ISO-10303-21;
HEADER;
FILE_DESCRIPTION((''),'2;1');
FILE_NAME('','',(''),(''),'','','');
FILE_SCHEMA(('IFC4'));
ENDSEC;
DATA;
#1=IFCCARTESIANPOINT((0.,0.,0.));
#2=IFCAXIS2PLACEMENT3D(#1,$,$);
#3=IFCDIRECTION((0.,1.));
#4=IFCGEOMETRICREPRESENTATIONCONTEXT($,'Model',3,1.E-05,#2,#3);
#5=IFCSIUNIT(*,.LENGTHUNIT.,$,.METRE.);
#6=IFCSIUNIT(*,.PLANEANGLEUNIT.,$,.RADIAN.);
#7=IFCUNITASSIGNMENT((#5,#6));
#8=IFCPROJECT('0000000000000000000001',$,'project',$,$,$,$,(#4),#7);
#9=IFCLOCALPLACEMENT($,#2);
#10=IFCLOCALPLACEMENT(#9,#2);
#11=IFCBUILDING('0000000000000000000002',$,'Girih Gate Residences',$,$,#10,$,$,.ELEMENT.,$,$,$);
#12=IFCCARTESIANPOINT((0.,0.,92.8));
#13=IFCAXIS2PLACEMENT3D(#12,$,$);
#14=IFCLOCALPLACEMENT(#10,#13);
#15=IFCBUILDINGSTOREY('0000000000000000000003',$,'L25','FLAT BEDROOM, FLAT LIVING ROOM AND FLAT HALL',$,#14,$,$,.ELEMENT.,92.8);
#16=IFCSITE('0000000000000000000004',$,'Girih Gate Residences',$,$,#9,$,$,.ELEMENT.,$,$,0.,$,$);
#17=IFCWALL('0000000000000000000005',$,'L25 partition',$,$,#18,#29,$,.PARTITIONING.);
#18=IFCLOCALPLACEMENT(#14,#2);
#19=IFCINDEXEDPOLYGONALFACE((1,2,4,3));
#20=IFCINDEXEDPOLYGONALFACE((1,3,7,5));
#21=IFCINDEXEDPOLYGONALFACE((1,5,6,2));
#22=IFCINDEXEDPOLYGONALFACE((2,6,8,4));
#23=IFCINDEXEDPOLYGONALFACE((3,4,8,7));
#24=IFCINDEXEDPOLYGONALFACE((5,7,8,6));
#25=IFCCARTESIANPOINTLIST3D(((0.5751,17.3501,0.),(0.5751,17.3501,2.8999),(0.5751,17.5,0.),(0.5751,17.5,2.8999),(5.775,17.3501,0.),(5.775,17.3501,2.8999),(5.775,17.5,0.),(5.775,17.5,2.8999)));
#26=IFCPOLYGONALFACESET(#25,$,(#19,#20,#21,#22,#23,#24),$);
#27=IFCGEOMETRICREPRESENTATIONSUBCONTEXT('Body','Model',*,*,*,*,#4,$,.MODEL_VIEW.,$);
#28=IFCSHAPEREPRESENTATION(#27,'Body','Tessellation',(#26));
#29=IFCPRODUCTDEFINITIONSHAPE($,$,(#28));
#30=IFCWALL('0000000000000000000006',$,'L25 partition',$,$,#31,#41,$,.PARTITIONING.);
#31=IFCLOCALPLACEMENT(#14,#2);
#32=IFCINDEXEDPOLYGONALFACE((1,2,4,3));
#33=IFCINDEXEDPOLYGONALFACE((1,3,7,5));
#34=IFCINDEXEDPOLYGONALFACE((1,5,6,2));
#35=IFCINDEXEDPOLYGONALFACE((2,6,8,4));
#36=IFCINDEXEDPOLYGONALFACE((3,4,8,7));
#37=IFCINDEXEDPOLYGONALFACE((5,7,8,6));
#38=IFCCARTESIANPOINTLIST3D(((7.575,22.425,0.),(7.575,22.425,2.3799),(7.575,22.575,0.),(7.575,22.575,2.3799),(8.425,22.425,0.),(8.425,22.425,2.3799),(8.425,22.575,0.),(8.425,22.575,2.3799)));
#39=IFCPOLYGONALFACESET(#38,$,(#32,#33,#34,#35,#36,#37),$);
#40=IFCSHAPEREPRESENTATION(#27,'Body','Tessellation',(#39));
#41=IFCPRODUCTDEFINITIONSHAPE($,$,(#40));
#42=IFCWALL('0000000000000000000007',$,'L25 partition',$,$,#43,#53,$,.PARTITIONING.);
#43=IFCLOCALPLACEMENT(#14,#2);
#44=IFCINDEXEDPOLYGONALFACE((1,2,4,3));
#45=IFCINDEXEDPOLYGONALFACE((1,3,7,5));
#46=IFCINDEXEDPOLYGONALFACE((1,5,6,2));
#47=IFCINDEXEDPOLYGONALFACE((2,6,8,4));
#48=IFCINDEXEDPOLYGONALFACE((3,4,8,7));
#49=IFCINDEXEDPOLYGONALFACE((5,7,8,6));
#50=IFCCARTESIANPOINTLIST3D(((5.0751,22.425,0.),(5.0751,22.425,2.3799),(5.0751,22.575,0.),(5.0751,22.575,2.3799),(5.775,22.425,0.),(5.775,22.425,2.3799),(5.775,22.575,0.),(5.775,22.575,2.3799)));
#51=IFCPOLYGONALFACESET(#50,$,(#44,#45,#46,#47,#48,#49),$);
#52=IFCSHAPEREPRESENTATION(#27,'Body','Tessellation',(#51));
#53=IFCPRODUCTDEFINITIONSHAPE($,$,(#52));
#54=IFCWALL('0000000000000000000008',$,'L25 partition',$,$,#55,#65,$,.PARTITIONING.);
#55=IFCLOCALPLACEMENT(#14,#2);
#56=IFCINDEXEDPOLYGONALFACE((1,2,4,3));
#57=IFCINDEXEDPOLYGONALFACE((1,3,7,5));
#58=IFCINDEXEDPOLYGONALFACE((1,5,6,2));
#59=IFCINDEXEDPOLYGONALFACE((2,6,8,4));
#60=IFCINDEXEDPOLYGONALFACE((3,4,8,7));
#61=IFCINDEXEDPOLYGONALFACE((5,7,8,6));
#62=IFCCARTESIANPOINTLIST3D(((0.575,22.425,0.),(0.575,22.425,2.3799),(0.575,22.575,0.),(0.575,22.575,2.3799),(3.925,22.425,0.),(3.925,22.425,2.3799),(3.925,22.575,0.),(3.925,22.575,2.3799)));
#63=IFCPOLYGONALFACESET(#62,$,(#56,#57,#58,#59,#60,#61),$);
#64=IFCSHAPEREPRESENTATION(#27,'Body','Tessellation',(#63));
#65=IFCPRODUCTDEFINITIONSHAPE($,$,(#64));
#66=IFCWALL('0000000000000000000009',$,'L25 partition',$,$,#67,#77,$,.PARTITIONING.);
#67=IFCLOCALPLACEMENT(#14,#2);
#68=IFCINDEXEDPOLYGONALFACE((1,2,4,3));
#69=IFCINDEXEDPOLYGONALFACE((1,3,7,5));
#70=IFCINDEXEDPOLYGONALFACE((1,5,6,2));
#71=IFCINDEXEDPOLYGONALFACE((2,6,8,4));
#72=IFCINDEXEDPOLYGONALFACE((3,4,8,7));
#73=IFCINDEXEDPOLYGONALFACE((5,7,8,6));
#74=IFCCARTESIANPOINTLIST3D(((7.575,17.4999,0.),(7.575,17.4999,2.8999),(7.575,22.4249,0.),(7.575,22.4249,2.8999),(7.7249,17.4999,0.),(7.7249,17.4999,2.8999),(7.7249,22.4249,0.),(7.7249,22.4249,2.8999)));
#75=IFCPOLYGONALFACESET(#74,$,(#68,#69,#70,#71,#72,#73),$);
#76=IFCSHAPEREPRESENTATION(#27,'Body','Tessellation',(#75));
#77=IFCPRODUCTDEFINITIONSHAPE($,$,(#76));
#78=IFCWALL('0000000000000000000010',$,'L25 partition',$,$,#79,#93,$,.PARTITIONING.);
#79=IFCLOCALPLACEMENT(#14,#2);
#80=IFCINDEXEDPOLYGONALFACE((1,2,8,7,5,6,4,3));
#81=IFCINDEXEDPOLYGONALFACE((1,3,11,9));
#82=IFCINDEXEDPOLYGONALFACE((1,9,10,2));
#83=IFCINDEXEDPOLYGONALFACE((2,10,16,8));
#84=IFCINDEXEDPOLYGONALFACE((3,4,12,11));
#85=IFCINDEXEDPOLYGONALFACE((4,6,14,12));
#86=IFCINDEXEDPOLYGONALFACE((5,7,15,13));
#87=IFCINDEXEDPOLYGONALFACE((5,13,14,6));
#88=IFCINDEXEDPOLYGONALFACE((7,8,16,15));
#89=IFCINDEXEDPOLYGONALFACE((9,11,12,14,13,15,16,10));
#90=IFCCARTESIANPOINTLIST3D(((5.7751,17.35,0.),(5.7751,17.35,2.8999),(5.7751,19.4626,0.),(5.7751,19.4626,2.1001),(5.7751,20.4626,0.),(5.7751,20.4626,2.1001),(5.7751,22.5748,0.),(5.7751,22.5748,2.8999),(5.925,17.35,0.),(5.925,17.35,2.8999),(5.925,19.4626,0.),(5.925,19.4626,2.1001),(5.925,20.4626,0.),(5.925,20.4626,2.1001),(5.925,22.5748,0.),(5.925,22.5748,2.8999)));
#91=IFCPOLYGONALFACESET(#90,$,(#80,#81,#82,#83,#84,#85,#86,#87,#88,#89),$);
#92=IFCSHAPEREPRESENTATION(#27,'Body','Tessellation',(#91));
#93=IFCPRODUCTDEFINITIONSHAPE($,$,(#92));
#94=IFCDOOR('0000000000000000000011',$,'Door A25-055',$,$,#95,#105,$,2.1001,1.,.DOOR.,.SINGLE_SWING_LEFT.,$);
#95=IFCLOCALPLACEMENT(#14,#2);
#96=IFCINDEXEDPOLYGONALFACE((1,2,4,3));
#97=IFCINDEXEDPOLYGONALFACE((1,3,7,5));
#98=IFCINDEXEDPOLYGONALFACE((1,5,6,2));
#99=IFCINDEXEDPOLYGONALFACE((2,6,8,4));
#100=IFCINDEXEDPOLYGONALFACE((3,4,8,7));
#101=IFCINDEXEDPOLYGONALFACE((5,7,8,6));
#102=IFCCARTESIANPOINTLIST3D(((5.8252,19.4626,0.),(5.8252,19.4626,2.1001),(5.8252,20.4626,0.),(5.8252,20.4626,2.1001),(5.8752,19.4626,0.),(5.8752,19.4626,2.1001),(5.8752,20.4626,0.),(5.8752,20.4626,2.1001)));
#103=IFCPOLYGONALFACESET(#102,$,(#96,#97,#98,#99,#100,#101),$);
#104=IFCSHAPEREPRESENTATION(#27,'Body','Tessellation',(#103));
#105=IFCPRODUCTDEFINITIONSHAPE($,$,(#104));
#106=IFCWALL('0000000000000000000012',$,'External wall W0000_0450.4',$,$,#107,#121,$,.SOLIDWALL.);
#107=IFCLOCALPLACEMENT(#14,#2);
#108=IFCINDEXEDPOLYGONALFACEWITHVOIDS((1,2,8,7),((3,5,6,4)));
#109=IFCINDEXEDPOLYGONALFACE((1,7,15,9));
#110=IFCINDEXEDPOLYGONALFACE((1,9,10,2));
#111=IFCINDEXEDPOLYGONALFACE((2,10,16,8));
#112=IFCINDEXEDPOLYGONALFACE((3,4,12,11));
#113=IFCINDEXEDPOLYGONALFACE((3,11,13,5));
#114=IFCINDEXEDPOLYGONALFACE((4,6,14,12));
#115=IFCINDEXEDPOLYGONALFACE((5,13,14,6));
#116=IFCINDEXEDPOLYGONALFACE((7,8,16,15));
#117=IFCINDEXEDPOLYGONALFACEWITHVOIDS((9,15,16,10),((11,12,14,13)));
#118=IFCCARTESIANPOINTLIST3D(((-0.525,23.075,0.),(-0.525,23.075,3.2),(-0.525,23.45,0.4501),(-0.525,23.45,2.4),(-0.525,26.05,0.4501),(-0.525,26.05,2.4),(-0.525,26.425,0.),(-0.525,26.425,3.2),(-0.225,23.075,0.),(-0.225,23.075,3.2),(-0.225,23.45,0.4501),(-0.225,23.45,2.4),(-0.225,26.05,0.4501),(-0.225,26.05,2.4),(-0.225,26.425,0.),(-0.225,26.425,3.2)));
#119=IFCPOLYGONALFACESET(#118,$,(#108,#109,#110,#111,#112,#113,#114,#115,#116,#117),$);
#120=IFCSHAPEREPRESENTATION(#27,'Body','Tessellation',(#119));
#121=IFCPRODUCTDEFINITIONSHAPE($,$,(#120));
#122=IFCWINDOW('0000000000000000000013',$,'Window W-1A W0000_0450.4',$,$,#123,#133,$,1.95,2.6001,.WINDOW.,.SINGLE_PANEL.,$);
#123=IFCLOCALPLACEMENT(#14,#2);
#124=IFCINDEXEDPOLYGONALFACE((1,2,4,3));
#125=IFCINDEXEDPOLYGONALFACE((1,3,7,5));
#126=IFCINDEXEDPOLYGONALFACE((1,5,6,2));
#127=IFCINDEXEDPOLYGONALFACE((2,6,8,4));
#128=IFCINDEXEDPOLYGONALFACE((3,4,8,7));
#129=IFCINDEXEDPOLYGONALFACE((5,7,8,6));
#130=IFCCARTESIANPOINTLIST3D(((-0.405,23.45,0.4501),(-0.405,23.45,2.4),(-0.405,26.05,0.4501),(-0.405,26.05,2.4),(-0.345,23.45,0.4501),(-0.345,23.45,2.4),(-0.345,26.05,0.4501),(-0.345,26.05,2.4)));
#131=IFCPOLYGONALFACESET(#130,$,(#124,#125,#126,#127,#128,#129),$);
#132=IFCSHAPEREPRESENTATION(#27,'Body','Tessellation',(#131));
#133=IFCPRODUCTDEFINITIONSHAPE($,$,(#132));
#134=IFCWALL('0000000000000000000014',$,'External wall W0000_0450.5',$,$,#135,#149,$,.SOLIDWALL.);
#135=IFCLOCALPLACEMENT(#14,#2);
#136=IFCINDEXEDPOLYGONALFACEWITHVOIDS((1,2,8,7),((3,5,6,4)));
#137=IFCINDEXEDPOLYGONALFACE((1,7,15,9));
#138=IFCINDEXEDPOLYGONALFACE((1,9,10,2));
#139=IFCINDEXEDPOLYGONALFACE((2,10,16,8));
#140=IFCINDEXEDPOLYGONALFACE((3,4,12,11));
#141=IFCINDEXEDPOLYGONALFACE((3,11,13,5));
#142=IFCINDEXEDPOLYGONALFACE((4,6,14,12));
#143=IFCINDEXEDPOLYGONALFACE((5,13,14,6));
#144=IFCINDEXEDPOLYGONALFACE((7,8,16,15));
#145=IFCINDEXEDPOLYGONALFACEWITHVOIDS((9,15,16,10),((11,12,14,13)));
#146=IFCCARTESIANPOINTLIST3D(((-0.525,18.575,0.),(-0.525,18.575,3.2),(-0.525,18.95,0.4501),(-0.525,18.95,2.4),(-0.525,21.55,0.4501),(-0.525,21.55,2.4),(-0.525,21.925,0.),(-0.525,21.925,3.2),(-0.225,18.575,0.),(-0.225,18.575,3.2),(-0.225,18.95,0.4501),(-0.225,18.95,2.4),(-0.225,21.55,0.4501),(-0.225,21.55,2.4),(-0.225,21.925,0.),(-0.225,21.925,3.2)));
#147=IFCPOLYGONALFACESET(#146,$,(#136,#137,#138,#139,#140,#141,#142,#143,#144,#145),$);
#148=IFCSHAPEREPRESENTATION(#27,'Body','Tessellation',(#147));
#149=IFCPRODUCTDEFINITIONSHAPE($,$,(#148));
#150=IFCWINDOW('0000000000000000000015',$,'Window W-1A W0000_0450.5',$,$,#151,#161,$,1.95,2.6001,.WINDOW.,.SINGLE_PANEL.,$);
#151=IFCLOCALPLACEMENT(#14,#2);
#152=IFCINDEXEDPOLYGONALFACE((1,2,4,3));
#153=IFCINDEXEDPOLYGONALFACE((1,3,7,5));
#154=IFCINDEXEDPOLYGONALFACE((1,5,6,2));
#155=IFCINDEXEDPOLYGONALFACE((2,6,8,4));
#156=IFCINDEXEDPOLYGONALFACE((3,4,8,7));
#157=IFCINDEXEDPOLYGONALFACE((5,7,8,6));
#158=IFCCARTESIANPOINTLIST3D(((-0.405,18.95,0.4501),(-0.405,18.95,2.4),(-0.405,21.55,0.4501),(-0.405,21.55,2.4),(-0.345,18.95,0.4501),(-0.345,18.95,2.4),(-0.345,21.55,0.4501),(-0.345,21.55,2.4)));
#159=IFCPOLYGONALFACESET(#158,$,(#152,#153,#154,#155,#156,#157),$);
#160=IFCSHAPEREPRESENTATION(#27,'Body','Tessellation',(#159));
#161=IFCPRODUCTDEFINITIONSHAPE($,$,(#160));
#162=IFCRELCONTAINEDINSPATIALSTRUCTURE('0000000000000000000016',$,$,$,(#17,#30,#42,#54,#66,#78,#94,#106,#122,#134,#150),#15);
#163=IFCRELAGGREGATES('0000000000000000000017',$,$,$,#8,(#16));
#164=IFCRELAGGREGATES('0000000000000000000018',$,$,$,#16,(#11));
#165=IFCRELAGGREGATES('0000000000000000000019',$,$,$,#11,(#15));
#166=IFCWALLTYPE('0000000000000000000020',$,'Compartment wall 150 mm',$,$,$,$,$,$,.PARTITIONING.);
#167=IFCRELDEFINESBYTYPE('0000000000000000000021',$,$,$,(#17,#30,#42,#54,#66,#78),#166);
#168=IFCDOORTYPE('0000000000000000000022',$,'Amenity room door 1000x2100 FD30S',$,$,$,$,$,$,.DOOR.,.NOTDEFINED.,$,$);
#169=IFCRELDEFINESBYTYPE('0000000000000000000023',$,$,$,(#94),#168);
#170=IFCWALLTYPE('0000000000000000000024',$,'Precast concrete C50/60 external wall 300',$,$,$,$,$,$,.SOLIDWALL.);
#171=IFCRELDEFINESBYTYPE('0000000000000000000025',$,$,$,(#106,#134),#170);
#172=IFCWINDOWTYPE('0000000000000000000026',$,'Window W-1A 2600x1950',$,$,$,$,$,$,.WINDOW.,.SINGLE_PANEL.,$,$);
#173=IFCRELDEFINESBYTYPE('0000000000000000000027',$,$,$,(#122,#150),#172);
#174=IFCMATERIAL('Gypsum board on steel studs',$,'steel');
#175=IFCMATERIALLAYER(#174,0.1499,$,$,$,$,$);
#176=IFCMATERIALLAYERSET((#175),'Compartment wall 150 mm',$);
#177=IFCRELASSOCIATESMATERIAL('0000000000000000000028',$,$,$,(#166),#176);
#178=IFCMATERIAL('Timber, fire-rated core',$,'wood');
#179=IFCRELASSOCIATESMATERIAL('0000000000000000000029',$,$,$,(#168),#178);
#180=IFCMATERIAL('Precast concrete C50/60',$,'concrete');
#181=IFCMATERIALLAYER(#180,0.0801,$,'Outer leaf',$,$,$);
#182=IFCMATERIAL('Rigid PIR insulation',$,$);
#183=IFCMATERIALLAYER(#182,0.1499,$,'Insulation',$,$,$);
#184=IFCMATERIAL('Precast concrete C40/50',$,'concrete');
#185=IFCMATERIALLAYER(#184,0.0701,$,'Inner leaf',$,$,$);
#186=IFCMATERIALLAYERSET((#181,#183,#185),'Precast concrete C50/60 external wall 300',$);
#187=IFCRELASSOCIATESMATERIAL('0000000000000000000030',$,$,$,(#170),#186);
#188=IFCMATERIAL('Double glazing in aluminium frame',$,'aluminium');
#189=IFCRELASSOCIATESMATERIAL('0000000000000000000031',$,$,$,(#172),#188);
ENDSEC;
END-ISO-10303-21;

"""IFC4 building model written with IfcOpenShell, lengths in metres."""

from ifc_helpers import new_model, si_unit, direction, frame, frame_2d, origin, place, context, subcontext, project, spatial, rectangle, extrude, material, layer, layer_set, type_object, element, fill, save


model = new_model("IFC4")

# Units and contexts
model_context = context("Model", 3, precision=1e-05, world=origin(), true_north=direction((0.0, 1.0)))
body_context = subcontext(model_context, "Body", "Model", "MODEL_VIEW")
ifc_project = project(units=[si_unit("LENGTHUNIT", "METRE"), si_unit("PLANEANGLEUNIT", "RADIAN")], contexts=[model_context])

# Site, building, storey
site_placement = place(None, origin())
site = spatial("IfcSite", under=ifc_project, at=site_placement, Name="Girih Gate Residences", CompositionType="ELEMENT", RefElevation=0.0)
building_placement = place(site_placement, origin())
building = spatial("IfcBuilding", under=site, at=building_placement, Name="Girih Gate Residences", CompositionType="ELEMENT")
storey_placement = place(building_placement, frame((0.0, 0.0, 92.8)))
storey = spatial("IfcBuildingStorey", under=building, at=storey_placement, Name="L25", Description="FLAT BEDROOM, FLAT LIVING ROOM AND FLAT HALL", CompositionType="ELEMENT", Elevation=92.8)

# Shared definitions
ifc_material_1 = material(Name="Gypsum board on steel studs", Category="steel")
ifc_layer_1 = layer(ifc_material_1, 0.1499)
ifc_layer_set_1 = layer_set([ifc_layer_1], Name="Compartment wall 150 mm")
wall_type_1 = type_object("IfcWallType", Name="Compartment wall 150 mm", PredefinedType="PARTITIONING", material=ifc_layer_set_1)

# Walls
wall_1_placement = place(storey_placement, frame((0.575, 17.425, 0.0), z_axis=(0.0, 0.0, 1.0), x_axis=(1.0, 0.0, 0.0)))
element("IfcWall", 1, at=wall_1_placement, inside=storey, type_object=wall_type_1, Name="L25 partition", PredefinedType="PARTITIONING", context=body_context, shape_type="SweptSolid", body=[
    extrude(rectangle(XDim=5.2, YDim=0.1499, at=frame_2d((2.6001, 0.0))), origin(), (0.0, 0.0, 1.0), 2.8999),
])
wall_2_placement = place(storey_placement, frame((7.575, 22.5, 0.0), z_axis=(0.0, 0.0, 1.0), x_axis=(1.0, 0.0, 0.0)))
element("IfcWall", 2, at=wall_2_placement, inside=storey, type_object=wall_type_1, Name="L25 partition", PredefinedType="PARTITIONING", context=body_context, shape_type="SweptSolid", body=[
    extrude(rectangle(XDim=0.8501, YDim=0.1499, at=frame_2d((0.425, 0.0))), origin(), (0.0, 0.0, 1.0), 2.3799),
])
wall_3_placement = place(storey_placement, frame((5.075, 22.5, 0.0), z_axis=(0.0, 0.0, 1.0), x_axis=(1.0, 0.0, 0.0)))
element("IfcWall", 3, at=wall_3_placement, inside=storey, type_object=wall_type_1, Name="L25 partition", PredefinedType="PARTITIONING", context=body_context, shape_type="SweptSolid", body=[
    extrude(rectangle(XDim=0.7, YDim=0.1499, at=frame_2d((0.3501, 0.0))), origin(), (0.0, 0.0, 1.0), 2.3799),
])
wall_4_placement = place(storey_placement, frame((0.575, 22.5, 0.0), z_axis=(0.0, 0.0, 1.0), x_axis=(1.0, 0.0, 0.0)))
element("IfcWall", 4, at=wall_4_placement, inside=storey, type_object=wall_type_1, Name="L25 partition", PredefinedType="PARTITIONING", context=body_context, shape_type="SweptSolid", body=[
    extrude(rectangle(XDim=3.3501, YDim=0.1499, at=frame_2d((1.675, 0.0))), origin(), (0.0, 0.0, 1.0), 2.3799),
])
wall_5_placement = place(storey_placement, frame((7.6499, 17.5, 0.0), z_axis=(0.0, 0.0, 1.0), x_axis=(0.0, 1.0, 0.0)))
element("IfcWall", 5, at=wall_5_placement, inside=storey, type_object=wall_type_1, Name="L25 partition", PredefinedType="PARTITIONING", context=body_context, shape_type="SweptSolid", body=[
    extrude(rectangle(XDim=4.925, YDim=0.1499, at=frame_2d((2.4624, 0.0))), origin(), (0.0, 0.0, 1.0), 2.8999),
])

# Wall, opening, door
wall_6_placement = place(storey_placement, frame((5.8501, 17.3501, 0.0), z_axis=(0.0, 0.0, 1.0), x_axis=(0.0, 1.0, 0.0)))
wall_6 = element("IfcWall", 6, at=wall_6_placement, inside=storey, type_object=wall_type_1, Name="L25 partition", PredefinedType="PARTITIONING", context=body_context, shape_type="SweptSolid", body=[
    extrude(rectangle(XDim=5.2249, YDim=0.1499, at=frame_2d((2.6123, 0.0))), origin(), (0.0, 0.0, 1.0), 2.8999),
])
opening_1_placement = place(wall_6_placement, frame((2.1125, 0.0, 0.0)))
opening_1 = element("IfcOpeningElement", 7, at=opening_1_placement, cuts=wall_6, PredefinedType="OPENING", context=body_context, shape_type="SweptSolid", body=[
    extrude(rectangle(XDim=1.0, YDim=2.1001, at=frame_2d((0.5, 1.05))), frame((0.0, 0.085, 0.0), z_axis=(0.0, -1.0, 0.0), x_axis=(1.0, 0.0, 0.0)), (0.0, 0.0, 1.0), 0.1699),
])
ifc_material_2 = material(Name="Timber, fire-rated core", Category="wood")
door_type_1 = type_object("IfcDoorType", Name="Amenity room door 1000x2100 FD30S", OperationType="NOTDEFINED", PredefinedType="DOOR", material=ifc_material_2)
door_1_placement = place(opening_1_placement, origin())
door_1 = element("IfcDoor", 8, at=door_1_placement, inside=storey, type_object=door_type_1, Name="Door A25-055", OperationType="SINGLE_SWING_LEFT", OverallHeight=2.1001, OverallWidth=1.0, PredefinedType="DOOR", context=body_context, shape_type="SweptSolid", body=[
    extrude(rectangle(XDim=1.0, YDim=2.1001, at=frame_2d((0.5, 1.05))), frame((0.0, 0.0249, 0.0), z_axis=(0.0, -1.0, 0.0), x_axis=(1.0, 0.0, 0.0)), (0.0, 0.0, 1.0), 0.05),
])
fill(opening_1, door_1)

# Walls, openings, windows
ifc_material_3 = material(Name="Precast concrete C50/60", Category="concrete")
ifc_layer_2 = layer(ifc_material_3, 0.0801, Name="Outer leaf")
ifc_material_4 = material(Name="Rigid PIR insulation")
ifc_layer_3 = layer(ifc_material_4, 0.1499, Name="Insulation")
ifc_material_5 = material(Name="Precast concrete C40/50", Category="concrete")
ifc_layer_4 = layer(ifc_material_5, 0.0701, Name="Inner leaf")
ifc_layer_set_2 = layer_set([ifc_layer_2, ifc_layer_3, ifc_layer_4], Name="Precast concrete C50/60 external wall 300")
wall_type_2 = type_object("IfcWallType", Name="Precast concrete C50/60 external wall 300", PredefinedType="SOLIDWALL", material=ifc_layer_set_2)
wall_7_placement = place(storey_placement, frame((-0.375, 23.075, 0.0), z_axis=(0.0, 0.0, 1.0), x_axis=(0.0, 1.0, 0.0)))
wall_7 = element("IfcWall", 9, at=wall_7_placement, inside=storey, type_object=wall_type_2, Name="External wall W0000_0450.4", PredefinedType="SOLIDWALL", context=body_context, shape_type="SweptSolid", body=[
    extrude(rectangle(XDim=3.3501, YDim=0.3, at=frame_2d((1.675, 0.0))), origin(), (0.0, 0.0, 1.0), 3.2),
])
opening_2_placement = place(wall_7_placement, frame((0.375, 0.0, 0.45)))
opening_2 = element("IfcOpeningElement", 10, at=opening_2_placement, cuts=wall_7, PredefinedType="OPENING", context=body_context, shape_type="SweptSolid", body=[
    extrude(rectangle(XDim=2.6001, YDim=1.95, at=frame_2d((1.3, 0.9751))), frame((0.0, 0.1599, 0.0), z_axis=(0.0, -1.0, 0.0), x_axis=(1.0, 0.0, 0.0)), (0.0, 0.0, 1.0), 0.3201),
])
ifc_material_6 = material(Name="Double glazing in aluminium frame", Category="aluminium")
window_type = type_object("IfcWindowType", Name="Window W-1A 2600x1950", PartitioningType="SINGLE_PANEL", PredefinedType="WINDOW", material=ifc_material_6)
window_1_placement = place(opening_2_placement, origin())
window_1 = element("IfcWindow", 11, at=window_1_placement, inside=storey, type_object=window_type, Name="Window W-1A W0000_0450.4", OverallHeight=1.95, OverallWidth=2.6001, PartitioningType="SINGLE_PANEL", PredefinedType="WINDOW", context=body_context, shape_type="SweptSolid", body=[
    extrude(rectangle(XDim=2.6001, YDim=1.95, at=frame_2d((1.3, 0.9751))), frame((0.0, 0.03, 0.0), z_axis=(0.0, -1.0, 0.0), x_axis=(1.0, 0.0, 0.0)), (0.0, 0.0, 1.0), 0.0601),
])
fill(opening_2, window_1)
wall_8_placement = place(storey_placement, frame((-0.375, 18.575, 0.0), z_axis=(0.0, 0.0, 1.0), x_axis=(0.0, 1.0, 0.0)))
wall_8 = element("IfcWall", 12, at=wall_8_placement, inside=storey, type_object=wall_type_2, Name="External wall W0000_0450.5", PredefinedType="SOLIDWALL", context=body_context, shape_type="SweptSolid", body=[
    extrude(rectangle(XDim=3.3501, YDim=0.3, at=frame_2d((1.675, 0.0))), origin(), (0.0, 0.0, 1.0), 3.2),
])
opening_3_placement = place(wall_8_placement, frame((0.375, 0.0, 0.45)))
opening_3 = element("IfcOpeningElement", 13, at=opening_3_placement, cuts=wall_8, PredefinedType="OPENING", context=body_context, shape_type="SweptSolid", body=[
    extrude(rectangle(XDim=2.6001, YDim=1.95, at=frame_2d((1.3, 0.9751))), frame((0.0, 0.1599, 0.0), z_axis=(0.0, -1.0, 0.0), x_axis=(1.0, 0.0, 0.0)), (0.0, 0.0, 1.0), 0.3201),
])
window_2_placement = place(opening_3_placement, origin())
window_2 = element("IfcWindow", 14, at=window_2_placement, inside=storey, type_object=window_type, Name="Window W-1A W0000_0450.5", OverallHeight=1.95, OverallWidth=2.6001, PartitioningType="SINGLE_PANEL", PredefinedType="WINDOW", context=body_context, shape_type="SweptSolid", body=[
    extrude(rectangle(XDim=2.6001, YDim=1.95, at=frame_2d((1.3, 0.9751))), frame((0.0, 0.03, 0.0), z_axis=(0.0, -1.0, 0.0), x_axis=(1.0, 0.0, 0.0)), (0.0, 0.0, 1.0), 0.0601),
])
fill(opening_3, window_2)

save(model, "model.ifc")
